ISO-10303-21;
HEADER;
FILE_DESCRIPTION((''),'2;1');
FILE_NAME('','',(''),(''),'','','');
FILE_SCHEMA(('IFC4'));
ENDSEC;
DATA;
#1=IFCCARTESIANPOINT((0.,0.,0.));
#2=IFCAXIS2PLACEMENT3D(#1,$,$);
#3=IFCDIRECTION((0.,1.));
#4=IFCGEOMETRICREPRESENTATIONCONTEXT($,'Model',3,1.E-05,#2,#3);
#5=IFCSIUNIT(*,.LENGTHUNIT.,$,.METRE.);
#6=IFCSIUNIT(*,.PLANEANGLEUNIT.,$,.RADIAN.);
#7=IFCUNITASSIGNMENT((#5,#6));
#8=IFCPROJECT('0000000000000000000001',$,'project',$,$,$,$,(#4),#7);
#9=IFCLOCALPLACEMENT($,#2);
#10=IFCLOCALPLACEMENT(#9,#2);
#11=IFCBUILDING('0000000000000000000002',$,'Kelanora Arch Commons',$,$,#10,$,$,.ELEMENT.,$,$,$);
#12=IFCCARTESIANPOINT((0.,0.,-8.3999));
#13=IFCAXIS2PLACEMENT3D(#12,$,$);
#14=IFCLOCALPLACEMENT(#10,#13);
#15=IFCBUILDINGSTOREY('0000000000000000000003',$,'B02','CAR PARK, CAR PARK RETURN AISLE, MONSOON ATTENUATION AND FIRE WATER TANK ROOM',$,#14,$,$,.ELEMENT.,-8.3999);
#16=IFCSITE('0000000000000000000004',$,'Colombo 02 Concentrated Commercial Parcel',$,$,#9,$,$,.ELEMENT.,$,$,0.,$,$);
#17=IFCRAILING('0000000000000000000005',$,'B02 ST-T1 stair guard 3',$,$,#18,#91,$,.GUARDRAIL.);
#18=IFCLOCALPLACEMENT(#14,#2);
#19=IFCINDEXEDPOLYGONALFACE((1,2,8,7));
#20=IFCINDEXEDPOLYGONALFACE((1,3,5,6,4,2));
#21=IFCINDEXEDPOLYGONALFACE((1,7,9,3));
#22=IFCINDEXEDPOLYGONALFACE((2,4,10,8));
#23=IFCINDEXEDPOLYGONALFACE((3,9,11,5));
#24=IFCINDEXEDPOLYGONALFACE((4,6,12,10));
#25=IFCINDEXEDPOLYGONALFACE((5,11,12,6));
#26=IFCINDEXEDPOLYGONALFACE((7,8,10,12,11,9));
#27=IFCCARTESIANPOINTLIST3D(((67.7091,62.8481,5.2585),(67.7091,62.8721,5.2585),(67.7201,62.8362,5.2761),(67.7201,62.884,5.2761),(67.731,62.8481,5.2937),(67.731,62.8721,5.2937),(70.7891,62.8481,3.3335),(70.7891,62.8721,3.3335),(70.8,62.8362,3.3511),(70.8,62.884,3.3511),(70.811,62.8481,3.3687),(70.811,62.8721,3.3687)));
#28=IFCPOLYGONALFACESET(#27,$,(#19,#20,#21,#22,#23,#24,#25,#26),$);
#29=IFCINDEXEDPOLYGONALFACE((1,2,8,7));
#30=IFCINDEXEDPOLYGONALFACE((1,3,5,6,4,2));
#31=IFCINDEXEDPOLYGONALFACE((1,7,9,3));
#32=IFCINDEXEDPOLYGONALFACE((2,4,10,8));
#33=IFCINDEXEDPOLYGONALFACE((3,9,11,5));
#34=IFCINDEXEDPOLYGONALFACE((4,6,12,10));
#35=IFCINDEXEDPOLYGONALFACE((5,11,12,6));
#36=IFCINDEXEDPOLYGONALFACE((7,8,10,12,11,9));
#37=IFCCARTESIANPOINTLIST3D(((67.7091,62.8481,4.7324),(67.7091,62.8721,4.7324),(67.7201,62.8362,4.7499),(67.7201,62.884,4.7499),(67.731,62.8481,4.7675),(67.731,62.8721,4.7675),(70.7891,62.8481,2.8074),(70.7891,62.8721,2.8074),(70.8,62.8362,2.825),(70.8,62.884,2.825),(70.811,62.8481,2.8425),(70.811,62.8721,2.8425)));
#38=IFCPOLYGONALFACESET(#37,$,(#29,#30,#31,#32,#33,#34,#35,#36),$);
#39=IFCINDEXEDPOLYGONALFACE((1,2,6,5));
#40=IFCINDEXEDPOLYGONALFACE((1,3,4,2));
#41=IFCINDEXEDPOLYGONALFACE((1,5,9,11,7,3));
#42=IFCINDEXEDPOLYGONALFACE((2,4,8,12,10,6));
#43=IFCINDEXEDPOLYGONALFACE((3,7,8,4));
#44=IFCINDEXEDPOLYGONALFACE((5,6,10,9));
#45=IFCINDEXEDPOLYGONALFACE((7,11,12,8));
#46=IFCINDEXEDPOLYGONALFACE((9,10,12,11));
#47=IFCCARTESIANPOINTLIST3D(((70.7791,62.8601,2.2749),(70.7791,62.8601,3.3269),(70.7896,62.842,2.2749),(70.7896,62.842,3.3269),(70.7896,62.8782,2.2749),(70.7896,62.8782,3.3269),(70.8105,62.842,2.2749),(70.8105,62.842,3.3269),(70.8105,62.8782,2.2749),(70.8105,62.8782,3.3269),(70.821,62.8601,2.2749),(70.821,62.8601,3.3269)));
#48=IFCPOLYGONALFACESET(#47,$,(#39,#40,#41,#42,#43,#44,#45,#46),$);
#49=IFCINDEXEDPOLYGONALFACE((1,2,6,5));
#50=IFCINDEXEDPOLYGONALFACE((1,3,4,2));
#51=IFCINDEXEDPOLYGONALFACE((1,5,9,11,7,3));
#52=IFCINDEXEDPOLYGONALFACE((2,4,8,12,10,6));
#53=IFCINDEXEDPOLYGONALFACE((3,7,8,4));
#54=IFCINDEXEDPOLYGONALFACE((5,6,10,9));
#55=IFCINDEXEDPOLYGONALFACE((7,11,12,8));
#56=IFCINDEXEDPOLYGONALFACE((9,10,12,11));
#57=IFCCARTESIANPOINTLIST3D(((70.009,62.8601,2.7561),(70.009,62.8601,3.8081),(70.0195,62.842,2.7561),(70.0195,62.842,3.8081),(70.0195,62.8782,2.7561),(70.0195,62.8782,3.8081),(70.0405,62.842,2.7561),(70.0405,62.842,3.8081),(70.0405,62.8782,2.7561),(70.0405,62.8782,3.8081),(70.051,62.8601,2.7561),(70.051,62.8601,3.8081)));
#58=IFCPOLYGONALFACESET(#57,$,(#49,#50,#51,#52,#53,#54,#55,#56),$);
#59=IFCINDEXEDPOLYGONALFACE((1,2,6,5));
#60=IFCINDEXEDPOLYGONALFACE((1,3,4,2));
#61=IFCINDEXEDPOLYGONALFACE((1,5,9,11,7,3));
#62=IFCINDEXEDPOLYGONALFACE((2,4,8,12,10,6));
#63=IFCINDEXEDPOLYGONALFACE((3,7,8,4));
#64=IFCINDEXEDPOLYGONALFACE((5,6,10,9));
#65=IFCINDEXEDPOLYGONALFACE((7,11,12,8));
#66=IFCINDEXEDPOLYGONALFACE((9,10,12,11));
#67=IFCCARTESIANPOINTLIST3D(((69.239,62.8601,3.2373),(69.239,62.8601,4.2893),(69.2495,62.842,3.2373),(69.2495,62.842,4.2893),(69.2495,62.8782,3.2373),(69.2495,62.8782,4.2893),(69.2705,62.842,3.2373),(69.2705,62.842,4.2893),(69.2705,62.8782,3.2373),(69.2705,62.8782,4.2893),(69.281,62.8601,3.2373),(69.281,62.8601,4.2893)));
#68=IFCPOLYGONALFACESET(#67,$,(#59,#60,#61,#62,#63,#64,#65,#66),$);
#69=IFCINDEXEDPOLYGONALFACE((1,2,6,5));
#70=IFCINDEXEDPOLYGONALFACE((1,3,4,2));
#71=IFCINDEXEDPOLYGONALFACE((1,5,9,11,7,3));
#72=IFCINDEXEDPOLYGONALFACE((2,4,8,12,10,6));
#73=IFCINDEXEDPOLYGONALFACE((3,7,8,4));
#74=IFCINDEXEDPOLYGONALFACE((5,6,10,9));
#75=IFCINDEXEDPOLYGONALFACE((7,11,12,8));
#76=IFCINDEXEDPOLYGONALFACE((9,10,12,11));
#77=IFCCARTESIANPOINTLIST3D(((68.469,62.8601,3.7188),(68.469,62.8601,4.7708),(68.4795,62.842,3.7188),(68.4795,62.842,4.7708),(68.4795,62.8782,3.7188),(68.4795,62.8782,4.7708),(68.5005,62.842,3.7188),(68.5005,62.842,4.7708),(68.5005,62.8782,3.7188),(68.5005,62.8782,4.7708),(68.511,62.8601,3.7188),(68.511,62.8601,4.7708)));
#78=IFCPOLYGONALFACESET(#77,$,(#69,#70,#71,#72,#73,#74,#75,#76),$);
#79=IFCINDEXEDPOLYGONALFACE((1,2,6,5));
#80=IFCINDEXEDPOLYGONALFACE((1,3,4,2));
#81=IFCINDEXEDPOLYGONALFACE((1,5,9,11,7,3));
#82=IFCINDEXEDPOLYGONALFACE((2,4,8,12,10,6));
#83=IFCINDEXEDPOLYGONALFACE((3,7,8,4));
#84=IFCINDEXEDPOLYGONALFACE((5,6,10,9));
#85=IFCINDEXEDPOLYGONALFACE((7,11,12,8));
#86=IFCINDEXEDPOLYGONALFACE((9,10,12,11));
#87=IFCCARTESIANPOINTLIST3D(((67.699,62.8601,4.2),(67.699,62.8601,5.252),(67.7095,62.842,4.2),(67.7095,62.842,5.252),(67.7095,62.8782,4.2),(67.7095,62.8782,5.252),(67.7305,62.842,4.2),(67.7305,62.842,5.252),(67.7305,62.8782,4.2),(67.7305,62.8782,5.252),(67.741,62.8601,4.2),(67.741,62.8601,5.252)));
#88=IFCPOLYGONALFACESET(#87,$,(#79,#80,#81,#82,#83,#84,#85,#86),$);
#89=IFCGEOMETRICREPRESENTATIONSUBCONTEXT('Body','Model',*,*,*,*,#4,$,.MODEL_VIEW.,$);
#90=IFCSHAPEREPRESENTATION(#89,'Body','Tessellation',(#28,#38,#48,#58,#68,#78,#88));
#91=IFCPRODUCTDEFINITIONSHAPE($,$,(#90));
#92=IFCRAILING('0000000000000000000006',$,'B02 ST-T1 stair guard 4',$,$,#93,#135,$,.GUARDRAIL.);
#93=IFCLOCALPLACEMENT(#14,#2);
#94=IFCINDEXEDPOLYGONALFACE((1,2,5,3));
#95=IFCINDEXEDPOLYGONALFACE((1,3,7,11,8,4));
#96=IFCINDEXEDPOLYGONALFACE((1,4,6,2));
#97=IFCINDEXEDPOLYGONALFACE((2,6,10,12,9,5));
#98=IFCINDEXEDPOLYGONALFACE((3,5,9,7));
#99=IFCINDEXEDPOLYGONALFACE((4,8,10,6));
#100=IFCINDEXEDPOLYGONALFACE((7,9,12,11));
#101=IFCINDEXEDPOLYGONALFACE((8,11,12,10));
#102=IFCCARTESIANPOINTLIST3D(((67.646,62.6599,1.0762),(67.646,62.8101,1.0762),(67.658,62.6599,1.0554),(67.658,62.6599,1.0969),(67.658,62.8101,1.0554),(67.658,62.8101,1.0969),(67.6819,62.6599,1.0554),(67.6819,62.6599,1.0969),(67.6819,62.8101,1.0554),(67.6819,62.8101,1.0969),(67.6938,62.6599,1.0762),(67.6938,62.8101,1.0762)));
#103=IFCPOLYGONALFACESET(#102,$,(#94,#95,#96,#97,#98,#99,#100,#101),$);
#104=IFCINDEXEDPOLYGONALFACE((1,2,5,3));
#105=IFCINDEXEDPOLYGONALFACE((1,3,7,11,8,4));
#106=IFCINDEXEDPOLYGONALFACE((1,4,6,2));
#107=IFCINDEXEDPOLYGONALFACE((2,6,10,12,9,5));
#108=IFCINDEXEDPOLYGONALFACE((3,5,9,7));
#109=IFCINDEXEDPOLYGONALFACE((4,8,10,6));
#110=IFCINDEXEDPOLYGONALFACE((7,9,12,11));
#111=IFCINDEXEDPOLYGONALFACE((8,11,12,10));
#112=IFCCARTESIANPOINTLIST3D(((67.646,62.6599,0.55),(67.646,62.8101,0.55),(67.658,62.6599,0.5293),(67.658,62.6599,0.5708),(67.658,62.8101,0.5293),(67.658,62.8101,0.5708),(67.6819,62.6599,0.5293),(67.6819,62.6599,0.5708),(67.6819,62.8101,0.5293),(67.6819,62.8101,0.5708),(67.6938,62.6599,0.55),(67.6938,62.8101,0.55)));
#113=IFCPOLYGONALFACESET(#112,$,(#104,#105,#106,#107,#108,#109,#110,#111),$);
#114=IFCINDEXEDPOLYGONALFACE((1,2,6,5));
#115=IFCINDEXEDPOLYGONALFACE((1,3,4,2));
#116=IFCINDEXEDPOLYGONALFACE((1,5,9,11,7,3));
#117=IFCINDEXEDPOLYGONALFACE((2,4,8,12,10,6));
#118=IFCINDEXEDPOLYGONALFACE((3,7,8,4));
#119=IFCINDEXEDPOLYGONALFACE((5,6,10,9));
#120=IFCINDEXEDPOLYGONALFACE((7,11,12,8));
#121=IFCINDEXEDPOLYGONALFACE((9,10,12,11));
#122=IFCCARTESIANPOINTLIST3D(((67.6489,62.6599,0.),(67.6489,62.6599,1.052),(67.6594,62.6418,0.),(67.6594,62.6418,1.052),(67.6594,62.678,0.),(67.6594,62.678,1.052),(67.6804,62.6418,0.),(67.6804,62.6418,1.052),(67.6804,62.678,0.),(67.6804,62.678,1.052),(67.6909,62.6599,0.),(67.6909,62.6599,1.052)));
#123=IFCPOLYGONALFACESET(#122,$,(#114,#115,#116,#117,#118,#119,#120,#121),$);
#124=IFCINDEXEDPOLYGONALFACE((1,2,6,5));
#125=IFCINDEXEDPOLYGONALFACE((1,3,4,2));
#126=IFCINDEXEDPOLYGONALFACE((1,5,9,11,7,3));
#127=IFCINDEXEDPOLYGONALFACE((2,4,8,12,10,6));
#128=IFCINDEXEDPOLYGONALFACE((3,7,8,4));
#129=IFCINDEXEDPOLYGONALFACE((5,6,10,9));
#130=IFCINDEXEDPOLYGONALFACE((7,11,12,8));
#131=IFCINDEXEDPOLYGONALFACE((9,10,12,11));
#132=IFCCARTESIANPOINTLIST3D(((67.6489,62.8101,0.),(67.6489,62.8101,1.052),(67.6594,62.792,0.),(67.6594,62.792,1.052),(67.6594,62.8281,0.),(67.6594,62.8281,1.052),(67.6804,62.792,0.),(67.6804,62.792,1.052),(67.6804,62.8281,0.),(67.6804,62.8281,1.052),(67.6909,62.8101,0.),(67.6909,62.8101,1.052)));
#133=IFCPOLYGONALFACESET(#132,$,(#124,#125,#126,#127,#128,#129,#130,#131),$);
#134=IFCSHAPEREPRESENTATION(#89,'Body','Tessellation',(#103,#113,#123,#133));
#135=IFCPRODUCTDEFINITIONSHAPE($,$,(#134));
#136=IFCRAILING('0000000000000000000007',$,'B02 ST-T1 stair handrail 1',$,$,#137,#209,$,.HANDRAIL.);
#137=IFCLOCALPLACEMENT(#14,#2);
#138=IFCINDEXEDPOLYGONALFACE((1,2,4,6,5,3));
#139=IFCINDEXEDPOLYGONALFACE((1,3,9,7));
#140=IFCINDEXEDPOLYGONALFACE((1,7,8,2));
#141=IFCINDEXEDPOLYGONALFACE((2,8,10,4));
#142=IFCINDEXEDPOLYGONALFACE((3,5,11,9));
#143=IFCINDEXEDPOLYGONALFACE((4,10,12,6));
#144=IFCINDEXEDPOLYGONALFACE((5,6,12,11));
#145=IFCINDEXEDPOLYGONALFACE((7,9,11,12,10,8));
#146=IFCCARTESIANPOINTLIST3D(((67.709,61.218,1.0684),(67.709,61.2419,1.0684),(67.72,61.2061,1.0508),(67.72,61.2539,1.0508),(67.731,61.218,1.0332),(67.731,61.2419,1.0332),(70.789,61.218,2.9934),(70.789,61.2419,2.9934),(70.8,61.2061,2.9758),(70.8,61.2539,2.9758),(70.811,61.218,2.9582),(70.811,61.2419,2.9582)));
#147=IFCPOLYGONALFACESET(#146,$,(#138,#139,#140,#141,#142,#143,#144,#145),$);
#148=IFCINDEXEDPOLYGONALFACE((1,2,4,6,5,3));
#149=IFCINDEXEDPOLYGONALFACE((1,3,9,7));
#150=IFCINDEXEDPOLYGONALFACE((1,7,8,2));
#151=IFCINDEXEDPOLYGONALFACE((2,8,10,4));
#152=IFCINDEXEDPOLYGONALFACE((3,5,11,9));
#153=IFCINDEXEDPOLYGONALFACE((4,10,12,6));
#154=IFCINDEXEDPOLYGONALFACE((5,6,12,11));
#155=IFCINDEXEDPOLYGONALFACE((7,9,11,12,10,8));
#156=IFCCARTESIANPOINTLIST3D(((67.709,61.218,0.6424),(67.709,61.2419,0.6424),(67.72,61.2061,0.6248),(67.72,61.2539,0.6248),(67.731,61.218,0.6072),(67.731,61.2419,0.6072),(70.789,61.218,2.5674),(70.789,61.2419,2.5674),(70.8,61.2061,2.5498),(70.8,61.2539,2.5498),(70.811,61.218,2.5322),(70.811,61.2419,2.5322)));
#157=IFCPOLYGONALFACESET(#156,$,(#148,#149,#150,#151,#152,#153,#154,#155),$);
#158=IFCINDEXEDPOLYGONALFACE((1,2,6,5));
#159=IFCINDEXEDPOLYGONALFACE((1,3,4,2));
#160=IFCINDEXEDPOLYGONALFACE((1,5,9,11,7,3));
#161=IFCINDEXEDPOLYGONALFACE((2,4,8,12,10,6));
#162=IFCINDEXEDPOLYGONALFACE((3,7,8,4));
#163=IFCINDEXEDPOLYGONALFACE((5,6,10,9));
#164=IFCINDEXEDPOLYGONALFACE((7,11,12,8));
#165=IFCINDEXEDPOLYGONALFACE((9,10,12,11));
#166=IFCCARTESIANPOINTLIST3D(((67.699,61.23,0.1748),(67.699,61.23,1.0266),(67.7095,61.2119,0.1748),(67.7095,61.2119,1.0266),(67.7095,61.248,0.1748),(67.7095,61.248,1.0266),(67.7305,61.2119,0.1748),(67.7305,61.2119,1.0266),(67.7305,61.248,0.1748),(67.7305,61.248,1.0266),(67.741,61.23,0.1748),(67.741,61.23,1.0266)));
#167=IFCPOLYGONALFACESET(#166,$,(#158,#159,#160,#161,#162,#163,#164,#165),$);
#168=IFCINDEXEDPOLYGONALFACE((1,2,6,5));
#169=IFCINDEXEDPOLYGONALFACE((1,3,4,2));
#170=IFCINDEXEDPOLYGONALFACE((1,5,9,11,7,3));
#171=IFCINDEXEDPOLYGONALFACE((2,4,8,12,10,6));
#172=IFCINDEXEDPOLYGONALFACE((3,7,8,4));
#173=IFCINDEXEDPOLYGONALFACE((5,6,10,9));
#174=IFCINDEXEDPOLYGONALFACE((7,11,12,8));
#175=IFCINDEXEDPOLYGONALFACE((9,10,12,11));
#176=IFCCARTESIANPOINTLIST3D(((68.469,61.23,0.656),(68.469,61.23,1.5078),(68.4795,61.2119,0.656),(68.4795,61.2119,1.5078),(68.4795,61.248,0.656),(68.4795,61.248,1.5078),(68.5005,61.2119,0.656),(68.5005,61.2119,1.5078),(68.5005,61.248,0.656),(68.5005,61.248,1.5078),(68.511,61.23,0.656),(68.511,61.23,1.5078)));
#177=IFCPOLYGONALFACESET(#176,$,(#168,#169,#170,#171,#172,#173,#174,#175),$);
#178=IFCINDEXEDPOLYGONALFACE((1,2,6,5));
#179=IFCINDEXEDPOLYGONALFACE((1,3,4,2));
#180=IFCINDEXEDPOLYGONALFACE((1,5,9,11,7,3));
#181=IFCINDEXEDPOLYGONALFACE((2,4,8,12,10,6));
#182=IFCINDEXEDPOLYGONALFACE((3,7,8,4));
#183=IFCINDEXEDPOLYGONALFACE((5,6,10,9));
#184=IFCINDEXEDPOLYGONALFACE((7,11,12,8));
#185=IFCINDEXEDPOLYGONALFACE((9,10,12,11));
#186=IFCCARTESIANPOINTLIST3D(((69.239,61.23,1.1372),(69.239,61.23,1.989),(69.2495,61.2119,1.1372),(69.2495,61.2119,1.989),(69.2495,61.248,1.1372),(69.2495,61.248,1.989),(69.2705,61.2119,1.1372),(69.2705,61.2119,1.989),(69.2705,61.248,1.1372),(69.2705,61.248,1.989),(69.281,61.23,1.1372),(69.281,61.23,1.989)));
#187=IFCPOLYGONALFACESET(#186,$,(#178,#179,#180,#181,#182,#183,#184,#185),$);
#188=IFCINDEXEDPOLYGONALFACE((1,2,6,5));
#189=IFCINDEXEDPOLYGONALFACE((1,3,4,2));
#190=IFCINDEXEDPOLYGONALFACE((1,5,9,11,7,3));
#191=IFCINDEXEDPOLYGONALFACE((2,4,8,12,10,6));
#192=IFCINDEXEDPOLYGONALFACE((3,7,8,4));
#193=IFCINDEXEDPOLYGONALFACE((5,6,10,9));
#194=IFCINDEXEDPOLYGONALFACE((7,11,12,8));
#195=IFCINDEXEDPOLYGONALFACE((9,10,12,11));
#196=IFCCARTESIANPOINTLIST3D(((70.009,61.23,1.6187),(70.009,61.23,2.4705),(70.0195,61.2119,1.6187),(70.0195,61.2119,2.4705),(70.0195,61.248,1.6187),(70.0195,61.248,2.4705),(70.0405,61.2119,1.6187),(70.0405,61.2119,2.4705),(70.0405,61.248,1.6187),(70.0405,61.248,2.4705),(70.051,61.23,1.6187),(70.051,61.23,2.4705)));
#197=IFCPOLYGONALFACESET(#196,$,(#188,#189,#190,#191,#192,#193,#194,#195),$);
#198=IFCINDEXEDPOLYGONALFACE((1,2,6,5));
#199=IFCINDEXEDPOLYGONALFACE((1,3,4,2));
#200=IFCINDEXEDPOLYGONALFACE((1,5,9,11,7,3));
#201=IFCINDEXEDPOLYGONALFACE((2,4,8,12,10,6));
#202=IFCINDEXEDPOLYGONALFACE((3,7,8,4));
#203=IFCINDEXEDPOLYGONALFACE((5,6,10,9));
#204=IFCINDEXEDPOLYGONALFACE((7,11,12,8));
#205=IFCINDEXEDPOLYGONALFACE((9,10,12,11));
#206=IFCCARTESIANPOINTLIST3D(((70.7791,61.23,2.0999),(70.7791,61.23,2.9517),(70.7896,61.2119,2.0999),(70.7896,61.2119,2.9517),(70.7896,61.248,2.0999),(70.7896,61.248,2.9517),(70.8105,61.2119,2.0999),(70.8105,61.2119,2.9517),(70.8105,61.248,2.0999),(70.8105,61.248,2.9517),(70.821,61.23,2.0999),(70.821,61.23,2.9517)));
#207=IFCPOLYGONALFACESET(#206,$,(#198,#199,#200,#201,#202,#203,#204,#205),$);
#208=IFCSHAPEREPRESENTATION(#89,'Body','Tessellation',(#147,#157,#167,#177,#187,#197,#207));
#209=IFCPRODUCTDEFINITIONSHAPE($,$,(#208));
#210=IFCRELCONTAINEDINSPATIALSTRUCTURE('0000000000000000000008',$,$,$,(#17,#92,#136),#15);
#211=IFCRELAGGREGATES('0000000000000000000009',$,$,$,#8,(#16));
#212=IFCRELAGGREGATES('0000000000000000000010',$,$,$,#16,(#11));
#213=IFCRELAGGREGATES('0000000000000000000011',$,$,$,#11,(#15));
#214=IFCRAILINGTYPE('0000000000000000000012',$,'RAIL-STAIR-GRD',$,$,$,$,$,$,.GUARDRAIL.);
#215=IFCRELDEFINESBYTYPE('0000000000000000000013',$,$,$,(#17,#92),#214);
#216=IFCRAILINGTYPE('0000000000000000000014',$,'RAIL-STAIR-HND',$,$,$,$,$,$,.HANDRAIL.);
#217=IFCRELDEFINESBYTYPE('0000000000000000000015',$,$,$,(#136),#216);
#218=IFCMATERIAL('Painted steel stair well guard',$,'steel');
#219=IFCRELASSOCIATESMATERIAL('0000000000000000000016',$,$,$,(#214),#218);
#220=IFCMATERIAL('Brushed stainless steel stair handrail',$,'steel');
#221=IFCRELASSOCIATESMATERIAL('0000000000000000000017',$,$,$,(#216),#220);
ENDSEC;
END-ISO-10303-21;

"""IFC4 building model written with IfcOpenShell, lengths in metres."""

from ifc_helpers import new_model, si_unit, direction, frame, origin, place, context, subcontext, project, spatial, polyline, outline, extrude, material, type_object, element, save


model = new_model("IFC4")

# Units and contexts
model_context = context("Model", 3, precision=1e-05, world=origin(), true_north=direction((0.0, 1.0)))
body_context = subcontext(model_context, "Body", "Model", "MODEL_VIEW")
ifc_project = project(units=[si_unit("LENGTHUNIT", "METRE"), si_unit("PLANEANGLEUNIT", "RADIAN")], contexts=[model_context])

# Site, building, storey
site_placement = place(None, origin())
site = spatial("IfcSite", under=ifc_project, at=site_placement, Name="Colombo 02 Concentrated Commercial Parcel", CompositionType="ELEMENT", RefElevation=0.0)
building_placement = place(site_placement, origin())
building = spatial("IfcBuilding", under=site, at=building_placement, Name="Kelanora Arch Commons", CompositionType="ELEMENT")
storey_placement = place(building_placement, frame((0.0, 0.0, -8.3999)))
storey = spatial("IfcBuildingStorey", under=building, at=storey_placement, Name="B02", Description="CAR PARK, CAR PARK RETURN AISLE, MONSOON ATTENUATION AND FIRE WATER TANK ROOM", CompositionType="ELEMENT", Elevation=-8.3999)

# Railings
ifc_material_1 = material(Name="Painted steel stair well guard", Category="steel")
railing_type_1 = type_object("IfcRailingType", Name="RAIL-STAIR-GRD", PredefinedType="GUARDRAIL", material=ifc_material_1)
railing_1_placement = place(storey_placement, frame((70.8, 62.8601, 2.2749)))
element("IfcRailing", 1, at=railing_1_placement, inside=storey, type_object=railing_type_1, Name="B02 ST-T1 stair guard 3", PredefinedType="GUARDRAIL", context=body_context, shape_type="SweptSolid", body=[
    extrude(outline(polyline([(0.0239, 0.0), (0.012, 0.0208), (-0.012, 0.0208), (-0.0239, 0.0), (-0.012, -0.0208), (0.012, -0.0208), (0.0239, 0.0)])), frame((0.0, 0.0, 1.0762), z_axis=(-0.847998, 0.0, 0.529999), x_axis=(0.0, -1.0, 0.0)), (0.0, 0.0, 1.0), 3.6321),
    extrude(outline(polyline([(0.0239, 0.0), (0.012, 0.0208), (-0.012, 0.0208), (-0.0239, 0.0), (-0.012, -0.0208), (0.012, -0.0208), (0.0239, 0.0)])), frame((0.0, 0.0, 0.55), z_axis=(-0.847998, 0.0, 0.529999), x_axis=(0.0, -1.0, 0.0)), (0.0, 0.0, 1.0), 3.6321),
    extrude(outline(polyline([(0.021, 0.0), (0.0105, 0.0181), (-0.0105, 0.0181), (-0.021, 0.0), (-0.0105, -0.0181), (0.0105, -0.0181), (0.021, 0.0)])), origin(), (0.0, 0.0, 1.0), 1.052),
    extrude(outline(polyline([(0.021, 0.0), (0.0105, 0.0181), (-0.0105, 0.0181), (-0.021, 0.0), (-0.0105, -0.0181), (0.0105, -0.0181), (0.021, 0.0)])), frame((-0.77, 0.0, 0.4812)), (0.0, 0.0, 1.0), 1.052),
    extrude(outline(polyline([(0.021, 0.0), (0.0105, 0.0181), (-0.0105, 0.0181), (-0.021, 0.0), (-0.0105, -0.0181), (0.0105, -0.0181), (0.021, 0.0)])), frame((-1.54, 0.0, 0.9624)), (0.0, 0.0, 1.0), 1.052),
    extrude(outline(polyline([(0.021, 0.0), (0.0105, 0.0181), (-0.0105, 0.0181), (-0.021, 0.0), (-0.0105, -0.0181), (0.0105, -0.0181), (0.021, 0.0)])), frame((-2.3101, 0.0, 1.4438)), (0.0, 0.0, 1.0), 1.052),
    extrude(outline(polyline([(0.021, 0.0), (0.0105, 0.0181), (-0.0105, 0.0181), (-0.021, 0.0), (-0.0105, -0.0181), (0.0105, -0.0181), (0.021, 0.0)])), frame((-3.0801, 0.0, 1.925)), (0.0, 0.0, 1.0), 1.052),
])
railing_2_placement = place(storey_placement, frame((67.6699, 62.6599, 0.0)))
element("IfcRailing", 2, at=railing_2_placement, inside=storey, type_object=railing_type_1, Name="B02 ST-T1 stair guard 4", PredefinedType="GUARDRAIL", context=body_context, shape_type="SweptSolid", body=[
    extrude(outline(polyline([(0.0239, 0.0), (0.012, 0.0208), (-0.012, 0.0208), (-0.0239, 0.0), (-0.012, -0.0208), (0.012, -0.0208), (0.0239, 0.0)])), frame((0.0, 0.0, 1.0762), z_axis=(0.0, 1.0, 0.0), x_axis=(-1.0, 0.0, 0.0)), (0.0, 0.0, 1.0), 0.1501),
    extrude(outline(polyline([(0.0239, 0.0), (0.012, 0.0208), (-0.012, 0.0208), (-0.0239, 0.0), (-0.012, -0.0208), (0.012, -0.0208), (0.0239, 0.0)])), frame((0.0, 0.0, 0.55), z_axis=(0.0, 1.0, 0.0), x_axis=(-1.0, 0.0, 0.0)), (0.0, 0.0, 1.0), 0.1501),
    extrude(outline(polyline([(0.021, 0.0), (0.0105, 0.0181), (-0.0105, 0.0181), (-0.021, 0.0), (-0.0105, -0.0181), (0.0105, -0.0181), (0.021, 0.0)])), origin(), (0.0, 0.0, 1.0), 1.052),
    extrude(outline(polyline([(0.021, 0.0), (0.0105, 0.0181), (-0.0105, 0.0181), (-0.021, 0.0), (-0.0105, -0.0181), (0.0105, -0.0181), (0.021, 0.0)])), frame((0.0, 0.1501, 0.0)), (0.0, 0.0, 1.0), 1.052),
])
ifc_material_2 = material(Name="Brushed stainless steel stair handrail", Category="steel")
railing_type_2 = type_object("IfcRailingType", Name="RAIL-STAIR-HND", PredefinedType="HANDRAIL", material=ifc_material_2)
railing_3_placement = place(storey_placement, frame((67.72, 61.23, 0.1748)))
element("IfcRailing", 3, at=railing_3_placement, inside=storey, type_object=railing_type_2, Name="B02 ST-T1 stair handrail 1", PredefinedType="HANDRAIL", context=body_context, shape_type="SweptSolid", body=[
    extrude(outline(polyline([(0.0239, 0.0), (0.012, 0.0208), (-0.012, 0.0208), (-0.0239, 0.0), (-0.012, -0.0208), (0.012, -0.0208), (0.0239, 0.0)])), frame((0.0, 0.0, 0.876), z_axis=(0.847998, 0.0, 0.529999), x_axis=(0.0, 1.0, 0.0)), (0.0, 0.0, 1.0), 3.6321),
    extrude(outline(polyline([(0.0239, 0.0), (0.012, 0.0208), (-0.012, 0.0208), (-0.0239, 0.0), (-0.012, -0.0208), (0.012, -0.0208), (0.0239, 0.0)])), frame((0.0, 0.0, 0.45), z_axis=(0.847998, 0.0, 0.529999), x_axis=(0.0, 1.0, 0.0)), (0.0, 0.0, 1.0), 3.6321),
    extrude(outline(polyline([(0.021, 0.0), (0.0105, 0.0181), (-0.0105, 0.0181), (-0.021, 0.0), (-0.0105, -0.0181), (0.0105, -0.0181), (0.021, 0.0)])), origin(), (0.0, 0.0, 1.0), 0.8518),
    extrude(outline(polyline([(0.021, 0.0), (0.0105, 0.0181), (-0.0105, 0.0181), (-0.021, 0.0), (-0.0105, -0.0181), (0.0105, -0.0181), (0.021, 0.0)])), frame((0.77, 0.0, 0.4812)), (0.0, 0.0, 1.0), 0.8518),
    extrude(outline(polyline([(0.021, 0.0), (0.0105, 0.0181), (-0.0105, 0.0181), (-0.021, 0.0), (-0.0105, -0.0181), (0.0105, -0.0181), (0.021, 0.0)])), frame((1.54, 0.0, 0.9624)), (0.0, 0.0, 1.0), 0.8518),
    extrude(outline(polyline([(0.021, 0.0), (0.0105, 0.0181), (-0.0105, 0.0181), (-0.021, 0.0), (-0.0105, -0.0181), (0.0105, -0.0181), (0.021, 0.0)])), frame((2.3101, 0.0, 1.4438)), (0.0, 0.0, 1.0), 0.8518),
    extrude(outline(polyline([(0.021, 0.0), (0.0105, 0.0181), (-0.0105, 0.0181), (-0.021, 0.0), (-0.0105, -0.0181), (0.0105, -0.0181), (0.021, 0.0)])), frame((3.0801, 0.0, 1.925)), (0.0, 0.0, 1.0), 0.8518),
])

save(model, "model.ifc")
